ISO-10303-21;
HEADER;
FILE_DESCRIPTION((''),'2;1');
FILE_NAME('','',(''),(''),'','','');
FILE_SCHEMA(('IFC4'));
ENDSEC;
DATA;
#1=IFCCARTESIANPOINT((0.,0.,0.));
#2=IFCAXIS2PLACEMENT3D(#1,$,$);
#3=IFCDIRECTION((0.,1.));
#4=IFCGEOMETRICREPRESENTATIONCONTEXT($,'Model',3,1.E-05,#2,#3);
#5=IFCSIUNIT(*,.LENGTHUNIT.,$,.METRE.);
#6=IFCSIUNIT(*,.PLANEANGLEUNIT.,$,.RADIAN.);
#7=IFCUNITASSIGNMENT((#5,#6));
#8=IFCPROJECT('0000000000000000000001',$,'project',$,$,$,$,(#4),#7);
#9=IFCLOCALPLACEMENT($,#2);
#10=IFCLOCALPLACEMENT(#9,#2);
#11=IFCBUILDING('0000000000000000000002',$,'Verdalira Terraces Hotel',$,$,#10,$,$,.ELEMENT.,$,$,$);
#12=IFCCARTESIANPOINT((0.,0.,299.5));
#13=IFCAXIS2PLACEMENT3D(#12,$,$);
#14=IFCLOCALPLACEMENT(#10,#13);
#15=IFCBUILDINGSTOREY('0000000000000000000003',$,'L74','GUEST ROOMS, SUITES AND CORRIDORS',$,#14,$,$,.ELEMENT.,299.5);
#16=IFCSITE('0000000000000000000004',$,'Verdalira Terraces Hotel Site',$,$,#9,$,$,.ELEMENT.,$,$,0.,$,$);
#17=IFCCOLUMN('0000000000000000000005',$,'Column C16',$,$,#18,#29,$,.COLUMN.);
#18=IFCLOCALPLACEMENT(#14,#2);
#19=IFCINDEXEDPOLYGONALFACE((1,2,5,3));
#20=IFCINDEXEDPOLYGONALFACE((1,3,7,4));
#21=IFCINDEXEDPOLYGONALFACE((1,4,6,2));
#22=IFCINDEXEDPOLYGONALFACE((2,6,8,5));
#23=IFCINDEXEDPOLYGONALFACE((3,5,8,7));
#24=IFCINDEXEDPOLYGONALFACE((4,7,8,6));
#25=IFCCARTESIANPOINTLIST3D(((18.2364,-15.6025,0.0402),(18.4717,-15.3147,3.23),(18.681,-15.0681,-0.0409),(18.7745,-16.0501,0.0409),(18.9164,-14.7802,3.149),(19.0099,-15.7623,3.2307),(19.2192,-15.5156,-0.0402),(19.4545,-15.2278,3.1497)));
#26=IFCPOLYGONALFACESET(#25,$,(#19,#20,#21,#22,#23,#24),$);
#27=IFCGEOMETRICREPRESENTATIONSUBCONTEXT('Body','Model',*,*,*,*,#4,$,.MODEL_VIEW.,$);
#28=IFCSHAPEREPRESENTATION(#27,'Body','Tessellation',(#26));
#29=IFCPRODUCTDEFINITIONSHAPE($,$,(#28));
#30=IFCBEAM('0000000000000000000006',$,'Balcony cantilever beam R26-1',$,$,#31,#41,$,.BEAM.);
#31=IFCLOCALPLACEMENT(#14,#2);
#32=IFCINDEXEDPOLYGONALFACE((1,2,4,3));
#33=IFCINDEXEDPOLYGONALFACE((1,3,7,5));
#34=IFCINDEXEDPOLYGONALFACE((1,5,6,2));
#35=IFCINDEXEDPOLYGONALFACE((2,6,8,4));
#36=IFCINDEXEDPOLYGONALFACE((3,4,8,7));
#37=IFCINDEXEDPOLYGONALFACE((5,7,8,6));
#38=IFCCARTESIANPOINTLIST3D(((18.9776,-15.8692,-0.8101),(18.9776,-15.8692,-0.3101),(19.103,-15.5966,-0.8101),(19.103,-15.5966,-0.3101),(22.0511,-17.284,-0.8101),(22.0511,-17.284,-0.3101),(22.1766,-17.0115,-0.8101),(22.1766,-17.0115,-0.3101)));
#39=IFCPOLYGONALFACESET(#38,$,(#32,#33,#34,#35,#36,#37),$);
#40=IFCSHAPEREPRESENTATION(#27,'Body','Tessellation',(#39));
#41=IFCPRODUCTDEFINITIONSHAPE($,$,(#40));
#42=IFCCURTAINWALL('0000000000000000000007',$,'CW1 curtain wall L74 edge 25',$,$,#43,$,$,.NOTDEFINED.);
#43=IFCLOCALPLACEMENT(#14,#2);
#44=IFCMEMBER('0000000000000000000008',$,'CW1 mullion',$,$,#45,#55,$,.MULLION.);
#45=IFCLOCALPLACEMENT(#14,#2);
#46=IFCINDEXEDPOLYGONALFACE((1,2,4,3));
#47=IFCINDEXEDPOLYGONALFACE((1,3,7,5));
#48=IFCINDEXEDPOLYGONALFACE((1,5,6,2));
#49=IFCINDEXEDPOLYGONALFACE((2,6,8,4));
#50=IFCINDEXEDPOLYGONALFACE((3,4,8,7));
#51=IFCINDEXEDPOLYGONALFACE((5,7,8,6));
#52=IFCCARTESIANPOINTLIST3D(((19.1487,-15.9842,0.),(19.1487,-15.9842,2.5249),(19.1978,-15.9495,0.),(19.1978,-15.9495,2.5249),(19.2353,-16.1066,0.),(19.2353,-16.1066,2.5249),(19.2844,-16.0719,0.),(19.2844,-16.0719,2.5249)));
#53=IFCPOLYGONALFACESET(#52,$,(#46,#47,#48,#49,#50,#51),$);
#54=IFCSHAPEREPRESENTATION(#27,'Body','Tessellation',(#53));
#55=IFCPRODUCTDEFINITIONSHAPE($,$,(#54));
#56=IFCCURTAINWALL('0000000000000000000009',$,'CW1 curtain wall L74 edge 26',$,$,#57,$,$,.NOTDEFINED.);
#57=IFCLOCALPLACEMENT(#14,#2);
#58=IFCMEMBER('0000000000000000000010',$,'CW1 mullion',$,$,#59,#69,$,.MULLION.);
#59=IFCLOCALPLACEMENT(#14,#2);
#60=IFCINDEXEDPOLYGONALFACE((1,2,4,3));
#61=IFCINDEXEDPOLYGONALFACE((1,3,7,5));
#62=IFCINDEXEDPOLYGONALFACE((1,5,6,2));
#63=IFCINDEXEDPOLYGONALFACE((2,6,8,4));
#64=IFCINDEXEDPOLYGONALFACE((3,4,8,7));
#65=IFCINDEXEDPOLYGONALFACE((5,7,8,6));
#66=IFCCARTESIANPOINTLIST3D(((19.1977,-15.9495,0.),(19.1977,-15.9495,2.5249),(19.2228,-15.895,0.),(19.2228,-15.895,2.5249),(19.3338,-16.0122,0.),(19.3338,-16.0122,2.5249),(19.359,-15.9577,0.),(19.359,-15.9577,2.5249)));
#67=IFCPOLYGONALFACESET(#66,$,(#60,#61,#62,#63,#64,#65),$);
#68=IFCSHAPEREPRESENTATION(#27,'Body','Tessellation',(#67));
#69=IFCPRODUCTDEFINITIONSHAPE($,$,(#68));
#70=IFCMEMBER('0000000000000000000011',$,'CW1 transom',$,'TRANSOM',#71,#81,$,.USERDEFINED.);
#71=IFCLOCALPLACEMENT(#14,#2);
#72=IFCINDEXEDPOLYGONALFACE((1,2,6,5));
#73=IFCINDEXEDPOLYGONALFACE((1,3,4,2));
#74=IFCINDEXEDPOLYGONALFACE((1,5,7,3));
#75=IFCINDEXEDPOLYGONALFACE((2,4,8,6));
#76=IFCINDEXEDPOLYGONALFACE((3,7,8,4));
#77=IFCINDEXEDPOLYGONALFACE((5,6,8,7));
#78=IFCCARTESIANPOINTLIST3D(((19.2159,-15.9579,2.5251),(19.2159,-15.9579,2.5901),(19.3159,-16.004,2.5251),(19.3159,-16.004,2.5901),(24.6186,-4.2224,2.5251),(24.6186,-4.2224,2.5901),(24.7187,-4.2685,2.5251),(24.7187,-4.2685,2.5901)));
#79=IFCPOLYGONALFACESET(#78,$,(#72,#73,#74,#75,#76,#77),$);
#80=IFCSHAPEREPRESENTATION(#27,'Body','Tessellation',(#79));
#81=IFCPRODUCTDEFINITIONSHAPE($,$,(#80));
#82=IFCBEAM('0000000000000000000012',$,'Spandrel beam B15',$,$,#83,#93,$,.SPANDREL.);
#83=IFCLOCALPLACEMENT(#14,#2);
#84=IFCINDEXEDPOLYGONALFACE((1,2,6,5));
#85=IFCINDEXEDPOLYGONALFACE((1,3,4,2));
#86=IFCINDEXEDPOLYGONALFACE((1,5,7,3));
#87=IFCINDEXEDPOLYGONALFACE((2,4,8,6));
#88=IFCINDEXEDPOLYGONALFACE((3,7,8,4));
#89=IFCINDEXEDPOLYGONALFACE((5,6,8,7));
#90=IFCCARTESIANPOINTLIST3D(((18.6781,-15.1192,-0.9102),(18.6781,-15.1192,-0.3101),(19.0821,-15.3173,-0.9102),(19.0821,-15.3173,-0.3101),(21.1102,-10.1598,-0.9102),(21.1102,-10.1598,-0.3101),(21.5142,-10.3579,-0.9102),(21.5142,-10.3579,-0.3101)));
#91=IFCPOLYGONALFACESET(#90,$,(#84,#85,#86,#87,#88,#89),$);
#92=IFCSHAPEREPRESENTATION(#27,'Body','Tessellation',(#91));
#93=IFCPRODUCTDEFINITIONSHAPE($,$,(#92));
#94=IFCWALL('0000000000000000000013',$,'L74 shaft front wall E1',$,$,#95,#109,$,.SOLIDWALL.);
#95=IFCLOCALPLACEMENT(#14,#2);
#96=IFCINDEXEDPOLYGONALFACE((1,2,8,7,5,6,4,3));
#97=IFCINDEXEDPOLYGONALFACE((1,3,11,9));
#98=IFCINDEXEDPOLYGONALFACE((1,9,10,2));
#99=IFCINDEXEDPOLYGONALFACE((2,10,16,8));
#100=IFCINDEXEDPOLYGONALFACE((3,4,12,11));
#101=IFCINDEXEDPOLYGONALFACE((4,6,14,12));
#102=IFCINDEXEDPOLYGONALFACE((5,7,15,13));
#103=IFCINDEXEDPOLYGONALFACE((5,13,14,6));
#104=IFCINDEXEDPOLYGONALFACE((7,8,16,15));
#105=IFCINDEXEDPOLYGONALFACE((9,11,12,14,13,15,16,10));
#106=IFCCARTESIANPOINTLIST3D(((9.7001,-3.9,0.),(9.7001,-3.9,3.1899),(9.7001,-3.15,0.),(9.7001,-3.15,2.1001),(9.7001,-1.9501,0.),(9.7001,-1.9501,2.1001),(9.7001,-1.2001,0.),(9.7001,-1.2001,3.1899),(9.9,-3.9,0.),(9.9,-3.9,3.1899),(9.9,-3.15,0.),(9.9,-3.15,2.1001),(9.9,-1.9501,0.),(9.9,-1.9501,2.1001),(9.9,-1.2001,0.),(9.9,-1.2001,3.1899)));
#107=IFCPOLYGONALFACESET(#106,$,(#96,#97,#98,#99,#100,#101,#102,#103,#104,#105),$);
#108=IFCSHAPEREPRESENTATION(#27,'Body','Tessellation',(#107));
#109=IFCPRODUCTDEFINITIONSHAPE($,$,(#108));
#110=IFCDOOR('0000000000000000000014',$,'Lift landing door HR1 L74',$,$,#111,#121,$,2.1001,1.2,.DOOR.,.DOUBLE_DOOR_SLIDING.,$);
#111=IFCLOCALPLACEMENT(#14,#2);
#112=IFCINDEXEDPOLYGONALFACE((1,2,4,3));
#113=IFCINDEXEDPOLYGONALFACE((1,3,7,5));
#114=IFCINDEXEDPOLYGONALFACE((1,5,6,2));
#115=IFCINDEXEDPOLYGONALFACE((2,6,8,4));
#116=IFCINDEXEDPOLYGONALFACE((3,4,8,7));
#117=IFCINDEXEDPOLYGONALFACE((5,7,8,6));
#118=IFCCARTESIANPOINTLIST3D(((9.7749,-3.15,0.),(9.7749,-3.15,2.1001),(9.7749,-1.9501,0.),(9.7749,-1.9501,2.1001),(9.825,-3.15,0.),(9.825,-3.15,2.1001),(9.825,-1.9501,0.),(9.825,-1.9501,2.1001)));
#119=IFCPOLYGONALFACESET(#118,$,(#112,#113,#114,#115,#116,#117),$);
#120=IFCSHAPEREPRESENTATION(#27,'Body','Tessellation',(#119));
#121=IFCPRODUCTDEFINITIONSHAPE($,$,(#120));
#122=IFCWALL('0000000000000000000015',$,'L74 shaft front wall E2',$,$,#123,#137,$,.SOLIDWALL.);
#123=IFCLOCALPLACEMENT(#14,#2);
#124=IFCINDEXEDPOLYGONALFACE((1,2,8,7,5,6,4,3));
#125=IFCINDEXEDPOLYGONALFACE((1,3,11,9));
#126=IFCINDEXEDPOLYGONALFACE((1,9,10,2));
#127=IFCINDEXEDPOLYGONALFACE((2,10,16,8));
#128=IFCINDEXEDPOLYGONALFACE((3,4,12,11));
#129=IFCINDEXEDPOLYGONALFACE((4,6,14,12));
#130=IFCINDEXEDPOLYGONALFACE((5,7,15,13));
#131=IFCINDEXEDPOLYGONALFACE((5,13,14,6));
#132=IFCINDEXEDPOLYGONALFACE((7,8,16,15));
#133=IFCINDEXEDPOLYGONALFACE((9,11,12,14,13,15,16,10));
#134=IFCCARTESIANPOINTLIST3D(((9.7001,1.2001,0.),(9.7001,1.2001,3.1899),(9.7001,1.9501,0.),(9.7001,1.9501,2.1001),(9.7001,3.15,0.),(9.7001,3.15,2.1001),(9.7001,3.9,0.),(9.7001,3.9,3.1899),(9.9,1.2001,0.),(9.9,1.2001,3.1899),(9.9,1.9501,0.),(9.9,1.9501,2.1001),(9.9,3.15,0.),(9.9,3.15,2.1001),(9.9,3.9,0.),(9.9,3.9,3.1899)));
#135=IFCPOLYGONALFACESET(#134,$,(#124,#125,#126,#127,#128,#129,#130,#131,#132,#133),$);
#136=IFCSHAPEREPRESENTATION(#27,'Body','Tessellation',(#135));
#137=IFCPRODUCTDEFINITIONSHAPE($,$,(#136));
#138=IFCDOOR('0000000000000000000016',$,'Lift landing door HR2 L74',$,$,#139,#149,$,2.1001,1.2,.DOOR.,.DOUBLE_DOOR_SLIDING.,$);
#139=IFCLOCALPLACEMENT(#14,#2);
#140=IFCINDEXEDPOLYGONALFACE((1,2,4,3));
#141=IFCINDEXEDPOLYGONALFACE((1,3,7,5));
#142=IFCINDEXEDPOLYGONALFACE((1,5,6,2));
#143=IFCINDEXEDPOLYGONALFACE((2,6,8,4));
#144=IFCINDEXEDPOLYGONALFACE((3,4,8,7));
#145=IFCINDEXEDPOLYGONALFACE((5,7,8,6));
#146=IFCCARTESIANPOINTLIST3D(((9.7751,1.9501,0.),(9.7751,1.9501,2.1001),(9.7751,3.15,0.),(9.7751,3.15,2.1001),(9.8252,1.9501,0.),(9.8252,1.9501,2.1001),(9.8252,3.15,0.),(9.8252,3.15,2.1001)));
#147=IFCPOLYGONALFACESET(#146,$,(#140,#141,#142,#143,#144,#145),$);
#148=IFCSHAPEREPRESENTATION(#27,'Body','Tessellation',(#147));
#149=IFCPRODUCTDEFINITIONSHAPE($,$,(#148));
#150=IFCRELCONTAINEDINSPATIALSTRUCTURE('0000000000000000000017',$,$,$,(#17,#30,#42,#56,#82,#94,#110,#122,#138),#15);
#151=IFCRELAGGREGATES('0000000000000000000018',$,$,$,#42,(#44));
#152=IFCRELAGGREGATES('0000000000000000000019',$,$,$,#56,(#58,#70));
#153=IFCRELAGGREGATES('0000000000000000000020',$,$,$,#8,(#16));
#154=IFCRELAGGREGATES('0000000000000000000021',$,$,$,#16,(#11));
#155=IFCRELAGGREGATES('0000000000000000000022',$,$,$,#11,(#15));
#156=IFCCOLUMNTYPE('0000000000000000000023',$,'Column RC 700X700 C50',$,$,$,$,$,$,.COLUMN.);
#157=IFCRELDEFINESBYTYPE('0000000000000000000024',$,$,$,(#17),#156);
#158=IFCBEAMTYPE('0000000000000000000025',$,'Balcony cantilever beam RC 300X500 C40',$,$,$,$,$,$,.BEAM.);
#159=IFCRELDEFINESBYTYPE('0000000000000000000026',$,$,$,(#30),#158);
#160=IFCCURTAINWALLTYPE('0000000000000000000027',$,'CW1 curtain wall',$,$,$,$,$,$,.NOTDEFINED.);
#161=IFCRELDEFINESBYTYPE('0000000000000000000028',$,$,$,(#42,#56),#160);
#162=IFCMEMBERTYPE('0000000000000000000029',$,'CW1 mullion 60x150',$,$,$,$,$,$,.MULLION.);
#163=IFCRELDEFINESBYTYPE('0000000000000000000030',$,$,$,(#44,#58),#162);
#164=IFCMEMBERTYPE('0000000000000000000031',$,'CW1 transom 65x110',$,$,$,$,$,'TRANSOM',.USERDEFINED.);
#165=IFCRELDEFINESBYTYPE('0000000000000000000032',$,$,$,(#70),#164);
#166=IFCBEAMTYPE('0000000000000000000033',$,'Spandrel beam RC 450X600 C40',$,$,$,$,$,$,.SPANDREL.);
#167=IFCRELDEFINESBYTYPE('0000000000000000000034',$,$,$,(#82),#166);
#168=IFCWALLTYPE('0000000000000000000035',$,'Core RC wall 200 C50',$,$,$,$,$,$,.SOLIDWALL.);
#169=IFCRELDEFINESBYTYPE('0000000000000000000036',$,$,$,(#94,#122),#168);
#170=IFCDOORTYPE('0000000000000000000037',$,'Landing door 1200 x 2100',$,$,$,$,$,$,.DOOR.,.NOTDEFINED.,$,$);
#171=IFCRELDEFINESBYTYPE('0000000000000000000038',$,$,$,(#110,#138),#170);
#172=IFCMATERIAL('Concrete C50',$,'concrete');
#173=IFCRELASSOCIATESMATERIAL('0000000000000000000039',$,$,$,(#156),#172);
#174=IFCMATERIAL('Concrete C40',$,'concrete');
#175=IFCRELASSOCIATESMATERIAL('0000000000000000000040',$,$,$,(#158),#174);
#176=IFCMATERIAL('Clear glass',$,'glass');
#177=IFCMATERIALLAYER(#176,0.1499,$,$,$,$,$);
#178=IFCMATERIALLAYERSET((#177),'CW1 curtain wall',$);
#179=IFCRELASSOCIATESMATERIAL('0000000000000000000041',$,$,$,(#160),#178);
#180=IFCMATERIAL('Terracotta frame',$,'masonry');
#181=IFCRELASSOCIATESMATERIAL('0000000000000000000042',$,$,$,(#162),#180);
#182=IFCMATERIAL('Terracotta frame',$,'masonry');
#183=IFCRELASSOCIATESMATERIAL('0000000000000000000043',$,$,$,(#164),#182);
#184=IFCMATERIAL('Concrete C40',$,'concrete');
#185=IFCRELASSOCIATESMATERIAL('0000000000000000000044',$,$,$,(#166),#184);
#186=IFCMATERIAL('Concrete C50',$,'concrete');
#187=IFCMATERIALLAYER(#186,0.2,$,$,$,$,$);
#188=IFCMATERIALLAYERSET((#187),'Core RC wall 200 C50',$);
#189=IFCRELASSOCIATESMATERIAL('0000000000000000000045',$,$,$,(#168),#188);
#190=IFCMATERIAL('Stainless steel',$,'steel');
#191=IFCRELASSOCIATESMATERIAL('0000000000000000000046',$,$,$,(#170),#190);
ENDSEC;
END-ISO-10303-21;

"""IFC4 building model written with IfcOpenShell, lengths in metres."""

from ifc_helpers import new_model, si_unit, direction, frame, frame_2d, origin, origin_2d, place, context, subcontext, project, spatial, rectangle, extrude, material, layer, layer_set, material_profile, profile_set, type_object, element, fill, aggregate, save


model = new_model("IFC4")

# Units and contexts
model_context = context("Model", 3, precision=1e-05, world=origin(), true_north=direction((0.0, 1.0)))
body_context = subcontext(model_context, "Body", "Model", "MODEL_VIEW")
ifc_project = project(units=[si_unit("LENGTHUNIT", "METRE"), si_unit("PLANEANGLEUNIT", "RADIAN")], contexts=[model_context])

# Site, building, storey
site_placement = place(None, origin())
site = spatial("IfcSite", under=ifc_project, at=site_placement, Name="Verdalira Terraces Hotel Site", CompositionType="ELEMENT", RefElevation=0.0)
building_placement = place(site_placement, origin())
building = spatial("IfcBuilding", under=site, at=building_placement, Name="Verdalira Terraces Hotel", CompositionType="ELEMENT")
storey_placement = place(building_placement, frame((0.0, 0.0, 299.5)))
storey = spatial("IfcBuildingStorey", under=building, at=storey_placement, Name="L74", Description="GUEST ROOMS, SUITES AND CORRIDORS", CompositionType="ELEMENT", Elevation=299.5)

# Column
ifc_material_1 = material(Name="Concrete C50", Category="concrete")
ifc_material_profile_1 = material_profile(ifc_material_1, rectangle(XDim=0.7, YDim=0.7, at=origin_2d()), Name="RC 700X700")
ifc_profile_set_1 = profile_set([ifc_material_profile_1], Name="Concrete C50")
column_type = type_object("IfcColumnType", Name="Column RC 700X700 C50", PredefinedType="COLUMN", material=ifc_profile_set_1)
column_placement = place(storey_placement, frame((18.7278, -15.5591, 0.0), z_axis=(0.073283, 0.089627, 0.993276), x_axis=(-0.635237, -0.763591, 0.115769)))
element("IfcColumn", 1, at=column_placement, inside=storey, type_object=column_type, Name="Column C16", PredefinedType="COLUMN", context=body_context, shape_type="SweptSolid", body=[
    extrude(rectangle(XDim=0.7, YDim=0.7, at=origin_2d()), origin(), (0.0, 0.0, 1.0), 3.2114),
])

# Beam
ifc_material_2 = material(Name="Concrete C40", Category="concrete")
ifc_material_profile_2 = material_profile(ifc_material_2, rectangle(XDim=0.3, YDim=0.5, at=origin_2d()), Name="RC 300X500")
ifc_profile_set_2 = profile_set([ifc_material_profile_2], Name="Concrete C40")
beam_type_1 = type_object("IfcBeamType", Name="Balcony cantilever beam RC 300X500 C40", PredefinedType="BEAM", material=ifc_profile_set_2)
beam_1_placement = place(storey_placement, frame((19.0403, -15.7329, -0.5601), z_axis=(0.908379, -0.418147, 0.0), x_axis=(0.418147, 0.908379, 0.0)))
element("IfcBeam", 2, at=beam_1_placement, inside=storey, type_object=beam_type_1, Name="Balcony cantilever beam R26-1", PredefinedType="BEAM", context=body_context, shape_type="SweptSolid", body=[
    extrude(rectangle(XDim=0.3, YDim=0.5, at=origin_2d()), origin(), (0.0, 0.0, 1.0), 3.3835),
])

# Curtain wall, member
ifc_material_3 = material(Name="Clear glass", Category="glass")
ifc_layer_1 = layer(ifc_material_3, 0.1499)
ifc_layer_set_1 = layer_set([ifc_layer_1], Name="CW1 curtain wall")
curtain_wall_type = type_object("IfcCurtainWallType", Name="CW1 curtain wall", PredefinedType="NOTDEFINED", material=ifc_layer_set_1)
curtain_wall_1_placement = place(storey_placement, origin())
curtain_wall_1 = element("IfcCurtainWall", 3, at=curtain_wall_1_placement, inside=storey, type_object=curtain_wall_type, Name="CW1 curtain wall L74 edge 25", PredefinedType="NOTDEFINED")
ifc_material_4 = material(Name="Terracotta frame", Category="masonry")
ifc_material_profile_3 = material_profile(ifc_material_4, rectangle(XDim=0.0601, YDim=0.1499, at=origin_2d()), Name="MU 60x150")
ifc_profile_set_3 = profile_set([ifc_material_profile_3], Name="Terracotta frame")
member_type_1 = type_object("IfcMemberType", Name="CW1 mullion 60x150", PredefinedType="MULLION", material=ifc_profile_set_3)
member_1_placement = place(storey_placement, frame((19.2166, -16.0281, 0.0), z_axis=(0.0, 0.0, 1.0), x_axis=(0.816339, 0.577573, 0.0)))
member_1 = element("IfcMember", 4, at=member_1_placement, type_object=member_type_1, Name="CW1 mullion", PredefinedType="MULLION", context=body_context, shape_type="SweptSolid", body=[
    extrude(rectangle(XDim=0.0601, YDim=0.1499, at=origin_2d()), origin(), (0.0, 0.0, 1.0), 2.5249),
])
aggregate(curtain_wall_1, [member_1])

# Curtain wall, members
curtain_wall_2_placement = place(storey_placement, origin())
curtain_wall_2 = element("IfcCurtainWall", 5, at=curtain_wall_2_placement, inside=storey, type_object=curtain_wall_type, Name="CW1 curtain wall L74 edge 26", PredefinedType="NOTDEFINED")
member_2_placement = place(storey_placement, frame((19.2783, -15.9536, 0.0), z_axis=(0.0, 0.0, 1.0), x_axis=(0.418184, 0.908362, 0.0)))
member_2 = element("IfcMember", 6, at=member_2_placement, type_object=member_type_1, Name="CW1 mullion", PredefinedType="MULLION", context=body_context, shape_type="SweptSolid", body=[
    extrude(rectangle(XDim=0.0601, YDim=0.1499, at=origin_2d()), origin(), (0.0, 0.0, 1.0), 2.5249),
])
ifc_material_5 = material(Name="Terracotta frame", Category="masonry")
ifc_material_profile_4 = material_profile(ifc_material_5, rectangle(XDim=0.1101, YDim=0.0649, at=origin_2d()), Name="TR 65x110")
ifc_profile_set_4 = profile_set([ifc_material_profile_4], Name="Terracotta frame")
member_type_2 = type_object("IfcMemberType", Name="CW1 transom 65x110", ElementType="TRANSOM", PredefinedType="USERDEFINED", material=ifc_profile_set_4)
member_3_placement = place(storey_placement, frame((19.2659, -15.981, 2.5576), z_axis=(0.41819, 0.908359, 0.0), x_axis=(-0.908359, 0.41819, 0.0)))
member_3 = element("IfcMember", 7, at=member_3_placement, type_object=member_type_2, Name="CW1 transom", ObjectType="TRANSOM", PredefinedType="USERDEFINED", context=body_context, shape_type="SweptSolid", body=[
    extrude(rectangle(XDim=0.1101, YDim=0.0649, at=origin_2d()), origin(), (0.0, 0.0, 1.0), 12.9194),
])
aggregate(curtain_wall_2, [member_2, member_3])

# Beam
ifc_material_6 = material(Name="Concrete C40", Category="concrete")
ifc_material_profile_5 = material_profile(ifc_material_6, rectangle(XDim=0.45, YDim=0.6001, at=origin_2d()), Name="RC 450X600")
ifc_profile_set_5 = profile_set([ifc_material_profile_5], Name="Concrete C40")
beam_type_2 = type_object("IfcBeamType", Name="Spandrel beam RC 450X600 C40", PredefinedType="SPANDREL", material=ifc_profile_set_5)
beam_2_placement = place(storey_placement, frame((18.8801, -15.2183, -0.6101), z_axis=(0.440305, 0.897848, 0.0), x_axis=(-0.897848, 0.440305, 0.0)))
element("IfcBeam", 8, at=beam_2_placement, inside=storey, type_object=beam_type_2, Name="Spandrel beam B15", PredefinedType="SPANDREL", context=body_context, shape_type="SweptSolid", body=[
    extrude(rectangle(XDim=0.45, YDim=0.6001, at=origin_2d()), origin(), (0.0, 0.0, 1.0), 5.5237),
])

# Walls, openings, doors
ifc_material_7 = material(Name="Concrete C50", Category="concrete")
ifc_layer_2 = layer(ifc_material_7, 0.2)
ifc_layer_set_2 = layer_set([ifc_layer_2], Name="Core RC wall 200 C50")
wall_type_1 = type_object("IfcWallType", Name="Core RC wall 200 C50", PredefinedType="SOLIDWALL", material=ifc_layer_set_2)
wall_1_placement = place(storey_placement, frame((9.8, -1.2, 0.0), z_axis=(0.0, 0.0, 1.0), x_axis=(0.0, -1.0, 0.0)))
wall_1 = element("IfcWall", 9, at=wall_1_placement, inside=storey, type_object=wall_type_1, Name="L74 shaft front wall E1", PredefinedType="SOLIDWALL", context=body_context, shape_type="SweptSolid", body=[
    extrude(rectangle(XDim=2.7, YDim=0.2, at=frame_2d((1.3501, 0.0))), origin(), (0.0, 0.0, 1.0), 3.1899),
])
opening_1_placement = place(wall_1_placement, frame((0.75, 0.0, 0.0)))
opening_1 = element("IfcOpeningElement", 10, at=opening_1_placement, cuts=wall_1, PredefinedType="OPENING", context=body_context, shape_type="SweptSolid", body=[
    extrude(rectangle(XDim=1.2, YDim=2.1001, at=frame_2d((0.6001, 1.05))), frame((0.0, 0.1099, 0.0), z_axis=(0.0, -1.0, 0.0), x_axis=(1.0, 0.0, 0.0)), (0.0, 0.0, 1.0), 0.22),
])
ifc_material_8 = material(Name="Stainless steel", Category="steel")
door_type_1 = type_object("IfcDoorType", Name="Landing door 1200 x 2100", OperationType="NOTDEFINED", PredefinedType="DOOR", material=ifc_material_8)
door_1_placement = place(opening_1_placement, origin())
door_1 = element("IfcDoor", 11, at=door_1_placement, inside=storey, type_object=door_type_1, Name="Lift landing door HR1 L74", OperationType="DOUBLE_DOOR_SLIDING", OverallHeight=2.1001, OverallWidth=1.2, PredefinedType="DOOR", context=body_context, shape_type="SweptSolid", body=[
    extrude(rectangle(XDim=1.2, YDim=2.1001, at=frame_2d((0.6001, 1.05))), frame((0.0, 0.0249, 0.0), z_axis=(0.0, -1.0, 0.0), x_axis=(1.0, 0.0, 0.0)), (0.0, 0.0, 1.0), 0.05),
])
fill(opening_1, door_1)
wall_2_placement = place(storey_placement, frame((9.8, 1.2, 0.0), z_axis=(0.0, 0.0, 1.0), x_axis=(0.0, 1.0, 0.0)))
wall_2 = element("IfcWall", 12, at=wall_2_placement, inside=storey, type_object=wall_type_1, Name="L74 shaft front wall E2", PredefinedType="SOLIDWALL", context=body_context, shape_type="SweptSolid", body=[
    extrude(rectangle(XDim=2.7, YDim=0.2, at=frame_2d((1.3501, 0.0))), origin(), (0.0, 0.0, 1.0), 3.1899),
])
opening_2_placement = place(wall_2_placement, frame((0.75, 0.0, 0.0)))
opening_2 = element("IfcOpeningElement", 13, at=opening_2_placement, cuts=wall_2, PredefinedType="OPENING", context=body_context, shape_type="SweptSolid", body=[
    extrude(rectangle(XDim=1.2, YDim=2.1001, at=frame_2d((0.6001, 1.05))), frame((0.0, 0.1099, 0.0), z_axis=(0.0, -1.0, 0.0), x_axis=(1.0, 0.0, 0.0)), (0.0, 0.0, 1.0), 0.22),
])
door_2_placement = place(opening_2_placement, origin())
door_2 = element("IfcDoor", 14, at=door_2_placement, inside=storey, type_object=door_type_1, Name="Lift landing door HR2 L74", OperationType="DOUBLE_DOOR_SLIDING", OverallHeight=2.1001, OverallWidth=1.2, PredefinedType="DOOR", context=body_context, shape_type="SweptSolid", body=[
    extrude(rectangle(XDim=1.2, YDim=2.1001, at=frame_2d((0.6001, 1.05))), frame((0.0, 0.0249, 0.0), z_axis=(0.0, -1.0, 0.0), x_axis=(1.0, 0.0, 0.0)), (0.0, 0.0, 1.0), 0.05),
])
fill(opening_2, door_2)

save(model, "model.ifc")
